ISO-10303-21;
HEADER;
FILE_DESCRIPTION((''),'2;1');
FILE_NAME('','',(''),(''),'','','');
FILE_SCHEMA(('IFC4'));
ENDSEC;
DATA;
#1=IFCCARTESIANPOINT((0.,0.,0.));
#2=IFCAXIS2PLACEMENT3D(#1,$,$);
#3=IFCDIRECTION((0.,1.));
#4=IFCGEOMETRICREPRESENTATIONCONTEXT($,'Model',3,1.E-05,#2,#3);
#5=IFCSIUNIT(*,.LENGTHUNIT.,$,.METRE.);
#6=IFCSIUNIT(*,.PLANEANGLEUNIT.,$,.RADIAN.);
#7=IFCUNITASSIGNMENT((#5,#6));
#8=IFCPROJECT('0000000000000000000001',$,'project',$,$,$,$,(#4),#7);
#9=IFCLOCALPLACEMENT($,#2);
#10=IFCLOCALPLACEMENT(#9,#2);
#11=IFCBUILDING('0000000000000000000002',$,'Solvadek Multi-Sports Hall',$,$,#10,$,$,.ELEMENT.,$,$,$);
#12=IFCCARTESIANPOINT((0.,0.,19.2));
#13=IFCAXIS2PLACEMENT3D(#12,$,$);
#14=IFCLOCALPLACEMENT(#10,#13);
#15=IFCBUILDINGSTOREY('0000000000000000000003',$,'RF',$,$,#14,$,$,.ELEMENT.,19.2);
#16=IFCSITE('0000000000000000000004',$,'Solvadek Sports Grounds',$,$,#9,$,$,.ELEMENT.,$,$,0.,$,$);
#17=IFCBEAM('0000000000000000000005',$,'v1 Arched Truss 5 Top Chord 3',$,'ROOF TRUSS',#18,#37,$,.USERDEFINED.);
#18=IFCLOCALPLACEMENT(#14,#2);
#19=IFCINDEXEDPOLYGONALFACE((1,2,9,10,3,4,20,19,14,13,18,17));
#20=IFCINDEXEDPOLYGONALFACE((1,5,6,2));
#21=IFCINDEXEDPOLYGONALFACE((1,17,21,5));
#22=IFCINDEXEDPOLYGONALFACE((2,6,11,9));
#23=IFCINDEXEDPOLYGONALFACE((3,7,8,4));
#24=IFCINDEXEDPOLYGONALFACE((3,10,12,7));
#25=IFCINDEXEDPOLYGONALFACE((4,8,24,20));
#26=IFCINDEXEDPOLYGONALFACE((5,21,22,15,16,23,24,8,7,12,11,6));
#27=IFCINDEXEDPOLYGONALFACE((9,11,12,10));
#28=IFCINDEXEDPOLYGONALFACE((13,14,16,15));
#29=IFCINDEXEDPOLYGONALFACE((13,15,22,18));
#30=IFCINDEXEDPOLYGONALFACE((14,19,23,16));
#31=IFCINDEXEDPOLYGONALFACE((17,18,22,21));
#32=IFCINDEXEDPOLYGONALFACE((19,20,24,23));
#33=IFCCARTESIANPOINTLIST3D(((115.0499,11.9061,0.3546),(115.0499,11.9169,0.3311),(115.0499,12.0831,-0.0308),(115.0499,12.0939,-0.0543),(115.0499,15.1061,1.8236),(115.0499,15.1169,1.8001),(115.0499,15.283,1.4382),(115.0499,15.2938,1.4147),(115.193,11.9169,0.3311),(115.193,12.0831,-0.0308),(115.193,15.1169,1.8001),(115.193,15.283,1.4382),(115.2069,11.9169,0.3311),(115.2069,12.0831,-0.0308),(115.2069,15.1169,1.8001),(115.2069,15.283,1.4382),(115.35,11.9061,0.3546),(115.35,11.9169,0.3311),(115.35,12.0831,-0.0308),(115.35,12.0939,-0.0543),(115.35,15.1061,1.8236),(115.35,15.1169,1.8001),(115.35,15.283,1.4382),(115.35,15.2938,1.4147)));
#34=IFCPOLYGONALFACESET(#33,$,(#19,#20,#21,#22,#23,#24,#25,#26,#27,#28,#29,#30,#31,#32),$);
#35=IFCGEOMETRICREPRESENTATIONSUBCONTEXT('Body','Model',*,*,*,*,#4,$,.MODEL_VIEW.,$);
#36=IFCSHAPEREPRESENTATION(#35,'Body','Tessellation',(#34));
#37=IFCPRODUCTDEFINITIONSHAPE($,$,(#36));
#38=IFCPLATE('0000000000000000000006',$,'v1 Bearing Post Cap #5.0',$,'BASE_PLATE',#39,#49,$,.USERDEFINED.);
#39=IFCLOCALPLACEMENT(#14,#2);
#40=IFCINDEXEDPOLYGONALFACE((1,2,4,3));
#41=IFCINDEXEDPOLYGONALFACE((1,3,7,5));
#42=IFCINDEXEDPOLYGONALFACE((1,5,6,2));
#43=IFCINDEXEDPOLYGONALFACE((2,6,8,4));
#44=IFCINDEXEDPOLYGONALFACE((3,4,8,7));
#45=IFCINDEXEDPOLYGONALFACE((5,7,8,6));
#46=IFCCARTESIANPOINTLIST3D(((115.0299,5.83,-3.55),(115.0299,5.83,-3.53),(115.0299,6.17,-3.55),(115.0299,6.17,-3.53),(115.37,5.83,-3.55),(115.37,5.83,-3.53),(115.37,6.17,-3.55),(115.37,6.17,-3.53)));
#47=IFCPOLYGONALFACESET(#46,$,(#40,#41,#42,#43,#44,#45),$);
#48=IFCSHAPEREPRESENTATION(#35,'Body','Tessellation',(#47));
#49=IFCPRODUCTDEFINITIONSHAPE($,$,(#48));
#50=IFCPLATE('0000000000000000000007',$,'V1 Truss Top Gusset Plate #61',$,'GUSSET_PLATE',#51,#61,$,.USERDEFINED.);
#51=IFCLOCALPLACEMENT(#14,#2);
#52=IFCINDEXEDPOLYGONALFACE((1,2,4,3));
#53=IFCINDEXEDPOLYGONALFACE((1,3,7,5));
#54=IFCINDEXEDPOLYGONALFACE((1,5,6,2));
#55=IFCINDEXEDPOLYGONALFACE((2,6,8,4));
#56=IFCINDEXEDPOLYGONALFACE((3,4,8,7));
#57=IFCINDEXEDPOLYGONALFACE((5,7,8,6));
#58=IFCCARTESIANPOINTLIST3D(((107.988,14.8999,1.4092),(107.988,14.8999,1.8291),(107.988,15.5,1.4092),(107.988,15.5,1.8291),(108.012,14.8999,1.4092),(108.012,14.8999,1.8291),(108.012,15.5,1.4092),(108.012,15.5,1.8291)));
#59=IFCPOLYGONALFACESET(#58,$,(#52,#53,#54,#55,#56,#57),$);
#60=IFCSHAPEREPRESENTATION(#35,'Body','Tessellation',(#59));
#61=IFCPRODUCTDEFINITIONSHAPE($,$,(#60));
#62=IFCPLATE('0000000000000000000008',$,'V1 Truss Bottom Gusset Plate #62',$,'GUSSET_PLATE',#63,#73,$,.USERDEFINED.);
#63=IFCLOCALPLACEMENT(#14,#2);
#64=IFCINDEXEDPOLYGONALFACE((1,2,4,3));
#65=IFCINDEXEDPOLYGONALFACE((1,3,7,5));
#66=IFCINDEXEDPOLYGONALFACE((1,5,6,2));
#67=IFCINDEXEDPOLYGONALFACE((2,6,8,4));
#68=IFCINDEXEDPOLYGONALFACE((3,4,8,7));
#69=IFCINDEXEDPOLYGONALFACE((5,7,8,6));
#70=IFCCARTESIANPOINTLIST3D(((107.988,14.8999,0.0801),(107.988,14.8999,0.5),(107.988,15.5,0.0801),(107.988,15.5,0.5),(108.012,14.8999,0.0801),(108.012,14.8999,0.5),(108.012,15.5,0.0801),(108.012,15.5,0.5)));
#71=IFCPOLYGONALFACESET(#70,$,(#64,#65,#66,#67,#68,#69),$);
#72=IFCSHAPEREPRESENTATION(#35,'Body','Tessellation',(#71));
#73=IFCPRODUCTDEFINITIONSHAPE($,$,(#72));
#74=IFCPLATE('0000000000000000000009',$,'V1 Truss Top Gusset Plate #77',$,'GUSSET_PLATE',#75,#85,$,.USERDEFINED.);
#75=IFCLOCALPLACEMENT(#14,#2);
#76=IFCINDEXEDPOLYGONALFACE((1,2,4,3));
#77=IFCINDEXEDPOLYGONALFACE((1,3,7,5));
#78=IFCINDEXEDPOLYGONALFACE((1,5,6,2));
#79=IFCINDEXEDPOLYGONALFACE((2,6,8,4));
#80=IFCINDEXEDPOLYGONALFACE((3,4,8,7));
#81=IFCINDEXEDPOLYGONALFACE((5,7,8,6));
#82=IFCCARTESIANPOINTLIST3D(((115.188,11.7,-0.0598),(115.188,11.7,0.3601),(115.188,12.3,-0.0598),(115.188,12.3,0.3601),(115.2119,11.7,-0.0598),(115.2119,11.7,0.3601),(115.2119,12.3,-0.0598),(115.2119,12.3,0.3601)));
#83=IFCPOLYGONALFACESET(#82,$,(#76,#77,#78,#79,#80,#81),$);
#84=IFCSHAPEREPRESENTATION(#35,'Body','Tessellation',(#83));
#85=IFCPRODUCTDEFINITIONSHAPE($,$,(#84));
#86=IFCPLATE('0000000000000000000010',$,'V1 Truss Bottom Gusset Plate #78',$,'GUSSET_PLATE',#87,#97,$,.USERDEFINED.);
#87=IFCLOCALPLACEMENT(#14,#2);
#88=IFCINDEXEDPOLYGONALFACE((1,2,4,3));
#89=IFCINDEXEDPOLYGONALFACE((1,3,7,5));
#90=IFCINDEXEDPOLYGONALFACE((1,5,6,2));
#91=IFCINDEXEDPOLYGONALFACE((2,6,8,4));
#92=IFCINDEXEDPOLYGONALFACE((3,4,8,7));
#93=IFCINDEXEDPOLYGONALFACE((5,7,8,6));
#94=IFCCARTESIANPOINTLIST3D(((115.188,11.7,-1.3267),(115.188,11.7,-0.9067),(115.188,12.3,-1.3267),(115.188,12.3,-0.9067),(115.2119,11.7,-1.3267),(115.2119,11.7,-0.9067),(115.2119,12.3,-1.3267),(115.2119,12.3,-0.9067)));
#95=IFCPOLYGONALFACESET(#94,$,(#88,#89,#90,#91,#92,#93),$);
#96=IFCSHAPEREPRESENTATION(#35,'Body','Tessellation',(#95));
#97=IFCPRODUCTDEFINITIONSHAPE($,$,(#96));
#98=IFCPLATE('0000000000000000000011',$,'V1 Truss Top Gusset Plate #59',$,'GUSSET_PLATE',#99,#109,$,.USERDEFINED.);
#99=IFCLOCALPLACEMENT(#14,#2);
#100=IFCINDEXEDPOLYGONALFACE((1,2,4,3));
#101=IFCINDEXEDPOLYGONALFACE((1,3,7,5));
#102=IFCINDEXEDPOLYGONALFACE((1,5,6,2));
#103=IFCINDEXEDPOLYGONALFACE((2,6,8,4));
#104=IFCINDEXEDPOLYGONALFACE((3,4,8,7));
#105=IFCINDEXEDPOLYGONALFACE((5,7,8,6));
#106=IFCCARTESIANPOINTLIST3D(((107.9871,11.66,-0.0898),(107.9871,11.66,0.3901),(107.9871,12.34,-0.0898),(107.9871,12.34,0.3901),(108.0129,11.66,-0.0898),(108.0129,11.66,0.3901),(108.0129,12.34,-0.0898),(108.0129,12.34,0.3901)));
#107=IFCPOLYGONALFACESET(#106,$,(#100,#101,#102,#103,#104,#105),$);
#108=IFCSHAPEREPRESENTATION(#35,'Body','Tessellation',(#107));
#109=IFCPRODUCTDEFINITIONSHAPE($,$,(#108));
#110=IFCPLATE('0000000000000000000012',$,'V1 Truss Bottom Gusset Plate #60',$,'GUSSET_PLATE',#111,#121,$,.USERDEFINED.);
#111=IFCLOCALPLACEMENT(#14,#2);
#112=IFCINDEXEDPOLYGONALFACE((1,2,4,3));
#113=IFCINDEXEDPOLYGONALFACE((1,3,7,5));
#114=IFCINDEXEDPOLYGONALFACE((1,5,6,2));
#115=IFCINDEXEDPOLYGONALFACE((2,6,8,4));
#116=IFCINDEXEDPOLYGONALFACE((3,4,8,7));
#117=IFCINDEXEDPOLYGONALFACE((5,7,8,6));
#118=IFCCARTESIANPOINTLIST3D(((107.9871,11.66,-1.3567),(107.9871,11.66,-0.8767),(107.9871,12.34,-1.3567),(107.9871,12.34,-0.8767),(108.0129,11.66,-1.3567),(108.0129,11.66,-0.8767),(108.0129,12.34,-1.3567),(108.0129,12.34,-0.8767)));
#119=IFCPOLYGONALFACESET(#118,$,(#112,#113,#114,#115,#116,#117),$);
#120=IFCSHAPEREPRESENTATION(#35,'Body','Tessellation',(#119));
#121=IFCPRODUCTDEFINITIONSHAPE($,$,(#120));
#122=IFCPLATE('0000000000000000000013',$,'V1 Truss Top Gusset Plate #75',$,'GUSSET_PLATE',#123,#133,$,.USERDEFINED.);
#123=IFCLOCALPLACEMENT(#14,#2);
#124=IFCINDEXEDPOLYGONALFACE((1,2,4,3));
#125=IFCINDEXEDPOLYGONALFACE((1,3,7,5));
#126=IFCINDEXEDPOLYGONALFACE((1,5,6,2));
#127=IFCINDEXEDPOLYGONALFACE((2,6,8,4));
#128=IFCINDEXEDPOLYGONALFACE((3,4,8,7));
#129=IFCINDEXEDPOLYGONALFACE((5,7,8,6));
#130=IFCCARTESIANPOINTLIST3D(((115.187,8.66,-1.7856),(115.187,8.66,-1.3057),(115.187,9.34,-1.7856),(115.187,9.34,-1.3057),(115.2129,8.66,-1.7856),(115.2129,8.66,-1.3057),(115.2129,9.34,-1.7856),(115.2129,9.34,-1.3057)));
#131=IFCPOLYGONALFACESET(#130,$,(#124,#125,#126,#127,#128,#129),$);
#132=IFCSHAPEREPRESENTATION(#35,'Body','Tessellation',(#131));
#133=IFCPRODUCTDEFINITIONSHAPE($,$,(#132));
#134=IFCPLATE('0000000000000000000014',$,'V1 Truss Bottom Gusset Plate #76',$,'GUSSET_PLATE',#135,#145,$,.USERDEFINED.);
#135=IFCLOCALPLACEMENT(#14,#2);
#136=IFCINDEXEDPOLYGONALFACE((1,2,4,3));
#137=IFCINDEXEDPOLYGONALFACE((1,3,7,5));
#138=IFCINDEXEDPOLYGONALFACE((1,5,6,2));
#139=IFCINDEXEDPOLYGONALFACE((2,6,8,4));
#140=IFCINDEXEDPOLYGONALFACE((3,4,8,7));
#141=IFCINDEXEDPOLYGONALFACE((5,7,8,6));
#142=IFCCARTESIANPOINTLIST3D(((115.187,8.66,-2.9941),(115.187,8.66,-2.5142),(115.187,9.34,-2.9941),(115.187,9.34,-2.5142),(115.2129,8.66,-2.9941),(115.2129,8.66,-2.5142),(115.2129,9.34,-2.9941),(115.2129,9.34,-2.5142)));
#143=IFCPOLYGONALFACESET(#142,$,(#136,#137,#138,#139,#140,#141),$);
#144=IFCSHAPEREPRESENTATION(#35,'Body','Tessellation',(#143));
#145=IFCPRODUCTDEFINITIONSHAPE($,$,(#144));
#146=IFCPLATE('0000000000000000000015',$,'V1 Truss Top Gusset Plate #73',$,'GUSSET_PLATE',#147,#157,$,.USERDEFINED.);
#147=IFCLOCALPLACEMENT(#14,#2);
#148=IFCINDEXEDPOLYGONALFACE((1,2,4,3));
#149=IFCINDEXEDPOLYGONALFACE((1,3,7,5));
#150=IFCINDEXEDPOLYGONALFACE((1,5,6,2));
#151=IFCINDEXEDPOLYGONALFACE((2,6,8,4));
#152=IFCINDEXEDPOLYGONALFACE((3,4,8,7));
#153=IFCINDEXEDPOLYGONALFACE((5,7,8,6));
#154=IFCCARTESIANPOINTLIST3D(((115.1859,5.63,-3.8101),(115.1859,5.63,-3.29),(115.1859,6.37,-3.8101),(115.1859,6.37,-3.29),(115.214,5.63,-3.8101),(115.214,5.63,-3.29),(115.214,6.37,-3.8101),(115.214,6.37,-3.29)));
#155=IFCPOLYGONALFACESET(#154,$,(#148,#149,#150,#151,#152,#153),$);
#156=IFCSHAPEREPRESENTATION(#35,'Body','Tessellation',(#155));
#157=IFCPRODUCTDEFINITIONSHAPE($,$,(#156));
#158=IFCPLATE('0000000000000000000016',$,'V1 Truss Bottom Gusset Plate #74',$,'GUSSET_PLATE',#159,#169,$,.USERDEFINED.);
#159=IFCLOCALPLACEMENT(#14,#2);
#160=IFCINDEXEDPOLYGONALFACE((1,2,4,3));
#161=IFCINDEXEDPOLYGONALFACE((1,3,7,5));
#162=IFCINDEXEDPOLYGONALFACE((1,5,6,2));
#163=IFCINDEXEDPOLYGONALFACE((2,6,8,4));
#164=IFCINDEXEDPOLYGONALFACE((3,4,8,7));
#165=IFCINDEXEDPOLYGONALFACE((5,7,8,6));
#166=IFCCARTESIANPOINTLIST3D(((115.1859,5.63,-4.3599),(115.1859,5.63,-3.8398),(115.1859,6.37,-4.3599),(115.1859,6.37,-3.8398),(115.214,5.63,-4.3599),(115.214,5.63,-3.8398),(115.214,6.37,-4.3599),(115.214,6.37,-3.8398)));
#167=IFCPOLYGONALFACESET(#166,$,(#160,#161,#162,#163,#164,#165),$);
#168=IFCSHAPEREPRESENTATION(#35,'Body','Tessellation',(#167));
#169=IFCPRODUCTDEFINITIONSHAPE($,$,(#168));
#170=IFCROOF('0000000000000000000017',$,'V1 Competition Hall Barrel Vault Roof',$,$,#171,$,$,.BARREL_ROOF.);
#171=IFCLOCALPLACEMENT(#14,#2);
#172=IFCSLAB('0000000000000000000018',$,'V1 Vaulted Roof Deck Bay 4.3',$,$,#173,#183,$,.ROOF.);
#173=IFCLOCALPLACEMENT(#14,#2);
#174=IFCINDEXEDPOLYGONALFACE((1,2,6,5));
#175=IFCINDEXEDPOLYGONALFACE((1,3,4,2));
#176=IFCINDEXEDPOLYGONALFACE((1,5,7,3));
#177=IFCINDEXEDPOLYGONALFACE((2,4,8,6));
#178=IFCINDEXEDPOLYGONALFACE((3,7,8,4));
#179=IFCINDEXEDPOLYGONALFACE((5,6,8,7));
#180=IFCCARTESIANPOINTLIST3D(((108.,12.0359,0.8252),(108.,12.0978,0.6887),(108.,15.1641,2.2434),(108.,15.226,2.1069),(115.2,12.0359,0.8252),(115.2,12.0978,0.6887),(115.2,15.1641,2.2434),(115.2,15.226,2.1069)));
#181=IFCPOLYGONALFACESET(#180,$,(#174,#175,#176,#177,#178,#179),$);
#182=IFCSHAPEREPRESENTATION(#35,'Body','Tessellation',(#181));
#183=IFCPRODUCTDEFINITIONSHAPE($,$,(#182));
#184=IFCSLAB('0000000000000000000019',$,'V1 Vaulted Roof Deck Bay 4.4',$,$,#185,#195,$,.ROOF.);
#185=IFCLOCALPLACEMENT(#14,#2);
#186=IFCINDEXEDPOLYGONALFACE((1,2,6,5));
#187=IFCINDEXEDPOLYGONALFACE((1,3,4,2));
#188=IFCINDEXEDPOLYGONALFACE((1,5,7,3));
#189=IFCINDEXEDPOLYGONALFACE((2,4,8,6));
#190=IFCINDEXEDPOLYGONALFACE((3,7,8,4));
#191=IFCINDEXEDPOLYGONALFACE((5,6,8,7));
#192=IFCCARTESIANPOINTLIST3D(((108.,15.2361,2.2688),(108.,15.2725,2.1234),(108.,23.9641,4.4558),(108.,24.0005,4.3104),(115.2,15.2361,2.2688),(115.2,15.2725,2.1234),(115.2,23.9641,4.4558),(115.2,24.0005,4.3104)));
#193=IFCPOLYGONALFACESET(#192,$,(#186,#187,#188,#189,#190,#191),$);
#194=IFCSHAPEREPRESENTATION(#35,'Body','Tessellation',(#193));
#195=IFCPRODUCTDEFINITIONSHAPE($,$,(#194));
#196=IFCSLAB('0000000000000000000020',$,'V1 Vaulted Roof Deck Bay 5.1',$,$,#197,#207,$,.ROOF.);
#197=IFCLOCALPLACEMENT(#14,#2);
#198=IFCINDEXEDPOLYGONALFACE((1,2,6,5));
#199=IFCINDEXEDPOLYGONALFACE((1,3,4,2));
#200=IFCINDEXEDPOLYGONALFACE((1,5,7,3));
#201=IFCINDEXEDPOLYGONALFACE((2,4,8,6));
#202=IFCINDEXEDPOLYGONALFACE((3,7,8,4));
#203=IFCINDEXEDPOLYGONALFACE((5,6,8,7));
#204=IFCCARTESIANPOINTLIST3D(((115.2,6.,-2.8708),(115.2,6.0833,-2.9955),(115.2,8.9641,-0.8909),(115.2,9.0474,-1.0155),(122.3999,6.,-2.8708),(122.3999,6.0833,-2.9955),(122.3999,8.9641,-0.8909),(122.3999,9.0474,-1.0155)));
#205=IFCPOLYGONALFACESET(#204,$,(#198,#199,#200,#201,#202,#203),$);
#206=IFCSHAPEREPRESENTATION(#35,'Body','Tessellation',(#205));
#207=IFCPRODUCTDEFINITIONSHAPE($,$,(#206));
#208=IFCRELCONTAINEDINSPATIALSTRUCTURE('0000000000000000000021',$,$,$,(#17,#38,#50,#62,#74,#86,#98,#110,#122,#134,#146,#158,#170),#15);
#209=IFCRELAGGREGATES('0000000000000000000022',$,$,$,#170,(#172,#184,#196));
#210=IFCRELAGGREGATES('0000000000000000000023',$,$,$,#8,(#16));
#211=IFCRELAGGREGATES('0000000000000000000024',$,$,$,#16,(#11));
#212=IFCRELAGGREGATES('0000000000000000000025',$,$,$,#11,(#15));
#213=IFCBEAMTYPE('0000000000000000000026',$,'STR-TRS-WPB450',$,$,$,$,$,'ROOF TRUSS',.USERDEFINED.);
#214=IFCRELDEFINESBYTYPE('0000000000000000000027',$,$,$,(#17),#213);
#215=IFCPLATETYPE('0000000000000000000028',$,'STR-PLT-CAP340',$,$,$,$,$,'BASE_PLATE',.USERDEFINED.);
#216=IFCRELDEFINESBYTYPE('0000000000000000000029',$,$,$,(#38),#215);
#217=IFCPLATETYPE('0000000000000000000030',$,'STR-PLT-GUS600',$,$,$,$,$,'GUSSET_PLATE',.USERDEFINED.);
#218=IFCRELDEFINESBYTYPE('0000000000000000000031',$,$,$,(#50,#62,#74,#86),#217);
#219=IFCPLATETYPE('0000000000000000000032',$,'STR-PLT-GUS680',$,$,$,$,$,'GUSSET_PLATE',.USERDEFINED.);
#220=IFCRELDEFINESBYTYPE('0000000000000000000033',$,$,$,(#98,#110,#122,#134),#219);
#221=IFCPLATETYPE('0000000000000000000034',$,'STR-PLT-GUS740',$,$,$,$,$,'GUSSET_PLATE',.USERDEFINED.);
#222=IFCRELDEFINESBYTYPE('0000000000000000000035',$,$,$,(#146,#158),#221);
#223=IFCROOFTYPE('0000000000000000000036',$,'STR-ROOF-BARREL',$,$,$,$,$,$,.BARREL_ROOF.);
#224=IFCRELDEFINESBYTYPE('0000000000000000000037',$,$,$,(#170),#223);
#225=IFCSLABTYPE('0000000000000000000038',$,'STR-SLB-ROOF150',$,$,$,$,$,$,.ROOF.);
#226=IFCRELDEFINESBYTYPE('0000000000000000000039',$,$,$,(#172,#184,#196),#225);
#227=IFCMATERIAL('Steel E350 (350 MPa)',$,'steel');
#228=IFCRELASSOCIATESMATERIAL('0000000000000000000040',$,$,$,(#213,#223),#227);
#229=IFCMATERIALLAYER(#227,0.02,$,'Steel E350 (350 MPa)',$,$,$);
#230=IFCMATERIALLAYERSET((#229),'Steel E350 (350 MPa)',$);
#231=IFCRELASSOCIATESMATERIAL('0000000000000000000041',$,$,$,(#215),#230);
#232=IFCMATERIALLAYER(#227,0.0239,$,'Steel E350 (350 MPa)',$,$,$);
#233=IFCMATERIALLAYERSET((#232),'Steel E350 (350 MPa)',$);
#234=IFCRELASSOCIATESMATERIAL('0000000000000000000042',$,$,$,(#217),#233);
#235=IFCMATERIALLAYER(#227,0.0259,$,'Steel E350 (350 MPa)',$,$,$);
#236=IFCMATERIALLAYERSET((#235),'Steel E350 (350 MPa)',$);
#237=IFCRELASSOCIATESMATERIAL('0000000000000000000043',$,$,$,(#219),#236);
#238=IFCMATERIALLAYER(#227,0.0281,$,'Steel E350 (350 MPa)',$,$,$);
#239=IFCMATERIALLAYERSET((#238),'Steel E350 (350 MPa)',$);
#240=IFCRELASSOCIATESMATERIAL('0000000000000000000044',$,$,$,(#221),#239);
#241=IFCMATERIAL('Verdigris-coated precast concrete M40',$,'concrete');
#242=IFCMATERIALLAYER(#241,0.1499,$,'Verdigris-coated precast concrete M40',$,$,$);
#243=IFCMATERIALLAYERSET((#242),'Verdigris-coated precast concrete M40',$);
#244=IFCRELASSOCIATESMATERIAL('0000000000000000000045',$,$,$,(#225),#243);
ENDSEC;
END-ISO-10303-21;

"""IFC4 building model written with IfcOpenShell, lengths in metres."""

from ifc_helpers import new_model, si_unit, direction, frame, origin, origin_2d, place, context, subcontext, project, spatial, polyline, rectangle, i_section, outline, extrude, material, layer, layer_set, material_profile, profile_set, type_object, element, aggregate, save


model = new_model("IFC4")

# Units and contexts
model_context = context("Model", 3, precision=1e-05, world=origin(), true_north=direction((0.0, 1.0)))
body_context = subcontext(model_context, "Body", "Model", "MODEL_VIEW")
ifc_project = project(units=[si_unit("LENGTHUNIT", "METRE"), si_unit("PLANEANGLEUNIT", "RADIAN")], contexts=[model_context])

# Site, building, storey
site_placement = place(None, origin())
site = spatial("IfcSite", under=ifc_project, at=site_placement, Name="Solvadek Sports Grounds", CompositionType="ELEMENT", RefElevation=0.0)
building_placement = place(site_placement, origin())
building = spatial("IfcBuilding", under=site, at=building_placement, Name="Solvadek Multi-Sports Hall", CompositionType="ELEMENT")
storey_placement = place(building_placement, frame((0.0, 0.0, 19.2)))
storey = spatial("IfcBuildingStorey", under=building, at=storey_placement, Name="RF", CompositionType="ELEMENT", Elevation=19.2)

# Shared definitions
ifc_material_1 = material(Name="Steel E350 (350 MPa)", Category="steel")

# Beam
ifc_material_profile_1 = material_profile(ifc_material_1, i_section(OverallWidth=0.3, OverallDepth=0.45, WebThickness=0.0139, FlangeThickness=0.0259, at=origin_2d()), Name="WPB 450")
ifc_profile_set_1 = profile_set([ifc_material_profile_1], Name="Steel E350 (350 MPa)")
beam_type = type_object("IfcBeamType", Name="STR-TRS-WPB450", ElementType="ROOF TRUSS", PredefinedType="USERDEFINED", material=ifc_profile_set_1)
beam_1_placement = place(storey_placement, frame((115.2, 12.0, 0.1501), z_axis=(0.0, 0.908812, 0.417206), x_axis=(-1.0, 0.0, 0.0)))
element("IfcBeam", 1, at=beam_1_placement, inside=storey, type_object=beam_type, Name="v1 Arched Truss 5 Top Chord 3", ObjectType="ROOF TRUSS", PredefinedType="USERDEFINED", context=body_context, shape_type="SweptSolid", body=[
    extrude(i_section(OverallWidth=0.3, OverallDepth=0.45, WebThickness=0.0139, FlangeThickness=0.0259, at=origin_2d()), origin(), (0.0, 0.0, 1.0), 3.521),
])

# Plates
ifc_layer_1 = layer(ifc_material_1, 0.02, Name="Steel E350 (350 MPa)")
ifc_layer_set_1 = layer_set([ifc_layer_1], Name="Steel E350 (350 MPa)")
plate_type_1 = type_object("IfcPlateType", Name="STR-PLT-CAP340", ElementType="BASE_PLATE", PredefinedType="USERDEFINED", material=ifc_layer_set_1)
plate_placement = place(storey_placement, frame((115.2, 6.0, -3.55), z_axis=(0.0, 0.0, 1.0), x_axis=(1.0, 0.0, 0.0)))
element("IfcPlate", 2, at=plate_placement, inside=storey, type_object=plate_type_1, Name="v1 Bearing Post Cap #5.0", ObjectType="BASE_PLATE", PredefinedType="USERDEFINED", context=body_context, shape_type="SweptSolid", body=[
    extrude(rectangle(XDim=0.3401, YDim=0.3401, at=origin_2d()), origin(), (0.0, 0.0, 1.0), 0.02),
])
ifc_layer_2 = layer(ifc_material_1, 0.0239, Name="Steel E350 (350 MPa)")
ifc_layer_set_2 = layer_set([ifc_layer_2], Name="Steel E350 (350 MPa)")
plate_type_2 = type_object("IfcPlateType", Name="STR-PLT-GUS600", ElementType="GUSSET_PLATE", PredefinedType="USERDEFINED", material=ifc_layer_set_2)
for number, where, z_axis, x_axis, name in (
    (3, (108.0, 15.2, 1.4092), (0.0, 0.0, 1.0), (0.0, 1.0, 0.0), "V1 Truss Top Gusset Plate #61"),
    (4, (108.0, 15.2, 0.0801), (0.0, 0.0, 1.0), (0.0, 1.0, 0.0), "V1 Truss Bottom Gusset Plate #62"),
    (5, (115.2, 12.0, -0.0598), (0.0, 0.0, 1.0), (0.0, 1.0, 0.0), "V1 Truss Top Gusset Plate #77"),
    (6, (115.2, 12.0, -1.3267), (0.0, 0.0, 1.0), (0.0, 1.0, 0.0), "V1 Truss Bottom Gusset Plate #78"),
):
    element("IfcPlate", number, at=place(storey_placement, frame(where, z_axis=z_axis, x_axis=x_axis)), inside=storey, type_object=plate_type_2, Name=name, ObjectType="GUSSET_PLATE", PredefinedType="USERDEFINED", context=body_context, shape_type="SweptSolid", body=[
        extrude(rectangle(XDim=0.6001, YDim=0.0239, at=origin_2d()), origin(), (0.0, 0.0, 1.0), 0.4199),
    ])
ifc_layer_3 = layer(ifc_material_1, 0.0259, Name="Steel E350 (350 MPa)")
ifc_layer_set_3 = layer_set([ifc_layer_3], Name="Steel E350 (350 MPa)")
plate_type_3 = type_object("IfcPlateType", Name="STR-PLT-GUS680", ElementType="GUSSET_PLATE", PredefinedType="USERDEFINED", material=ifc_layer_set_3)
for number, where, z_axis, x_axis, name in (
    (7, (108.0, 12.0, -0.0898), (0.0, 0.0, 1.0), (0.0, 1.0, 0.0), "V1 Truss Top Gusset Plate #59"),
    (8, (108.0, 12.0, -1.3567), (0.0, 0.0, 1.0), (0.0, 1.0, 0.0), "V1 Truss Bottom Gusset Plate #60"),
    (9, (115.2, 9.0, -1.7856), (0.0, 0.0, 1.0), (0.0, 1.0, 0.0), "V1 Truss Top Gusset Plate #75"),
    (10, (115.2, 9.0, -2.9941), (0.0, 0.0, 1.0), (0.0, 1.0, 0.0), "V1 Truss Bottom Gusset Plate #76"),
):
    element("IfcPlate", number, at=place(storey_placement, frame(where, z_axis=z_axis, x_axis=x_axis)), inside=storey, type_object=plate_type_3, Name=name, ObjectType="GUSSET_PLATE", PredefinedType="USERDEFINED", context=body_context, shape_type="SweptSolid", body=[
        extrude(rectangle(XDim=0.6799, YDim=0.0259, at=origin_2d()), origin(), (0.0, 0.0, 1.0), 0.48),
    ])
ifc_layer_4 = layer(ifc_material_1, 0.0281, Name="Steel E350 (350 MPa)")
ifc_layer_set_4 = layer_set([ifc_layer_4], Name="Steel E350 (350 MPa)")
plate_type_4 = type_object("IfcPlateType", Name="STR-PLT-GUS740", ElementType="GUSSET_PLATE", PredefinedType="USERDEFINED", material=ifc_layer_set_4)
for number, where, z_axis, x_axis, name in (
    (11, (115.2, 6.0, -3.8101), (0.0, 0.0, 1.0), (0.0, 1.0, 0.0), "V1 Truss Top Gusset Plate #73"),
    (12, (115.2, 6.0, -4.3599), (0.0, 0.0, 1.0), (0.0, 1.0, 0.0), "V1 Truss Bottom Gusset Plate #74"),
):
    element("IfcPlate", number, at=place(storey_placement, frame(where, z_axis=z_axis, x_axis=x_axis)), inside=storey, type_object=plate_type_4, Name=name, ObjectType="GUSSET_PLATE", PredefinedType="USERDEFINED", context=body_context, shape_type="SweptSolid", body=[
        extrude(rectangle(XDim=0.74, YDim=0.0281, at=origin_2d()), origin(), (0.0, 0.0, 1.0), 0.52),
    ])

# Roof, slabs
roof_type = type_object("IfcRoofType", Name="STR-ROOF-BARREL", PredefinedType="BARREL_ROOF", material=ifc_material_1)
roof_placement = place(storey_placement, origin())
roof = element("IfcRoof", 13, at=roof_placement, inside=storey, type_object=roof_type, Name="V1 Competition Hall Barrel Vault Roof", PredefinedType="BARREL_ROOF")
ifc_material_2 = material(Name="Verdigris-coated precast concrete M40", Category="concrete")
ifc_layer_5 = layer(ifc_material_2, 0.1499, Name="Verdigris-coated precast concrete M40")
ifc_layer_set_5 = layer_set([ifc_layer_5], Name="Verdigris-coated precast concrete M40")
slab_type = type_object("IfcSlabType", Name="STR-SLB-ROOF150", PredefinedType="ROOF", material=ifc_layer_set_5)
slab_1_placement = place(storey_placement, frame((108.0, 12.0359, 0.8252), z_axis=(0.0, -0.412914, 0.91077), x_axis=(1.0, 0.0, 0.0)))
slab_1 = element("IfcSlab", 14, at=slab_1_placement, type_object=slab_type, Name="V1 Vaulted Roof Deck Bay 4.3", PredefinedType="ROOF", context=body_context, shape_type="SweptSolid", body=[
    extrude(outline(polyline([(0.0, 0.0), (7.2, 0.0), (7.2, 3.4346), (0.0, 3.4346), (0.0, 0.0)])), origin(), (0.0, 0.0, -1.0), 0.1499),
])
slab_2_placement = place(storey_placement, frame((108.0, 15.2361, 2.2688), z_axis=(0.0, -0.243059, 0.970011), x_axis=(1.0, 0.0, 0.0)))
slab_2 = element("IfcSlab", 15, at=slab_2_placement, type_object=slab_type, Name="V1 Vaulted Roof Deck Bay 4.4", PredefinedType="ROOF", context=body_context, shape_type="SweptSolid", body=[
    extrude(outline(polyline([(0.0, 0.0), (7.2, 0.0), (7.2, 8.9979), (0.0, 8.9979), (0.0, 0.0)])), origin(), (0.0, 0.0, -1.0), 0.1499),
])
slab_3_placement = place(storey_placement, frame((115.2, 6.0, -2.8708), z_axis=(0.0, -0.555459, 0.831544), x_axis=(1.0, 0.0, 0.0)))
slab_3 = element("IfcSlab", 16, at=slab_3_placement, type_object=slab_type, Name="V1 Vaulted Roof Deck Bay 5.1", PredefinedType="ROOF", context=body_context, shape_type="SweptSolid", body=[
    extrude(outline(polyline([(0.0, 0.0), (7.2, 0.0), (7.2, 3.5646), (0.0, 3.5646), (0.0, 0.0)])), origin(), (0.0, 0.0, -1.0), 0.1499),
])
aggregate(roof, [slab_1, slab_2, slab_3])

save(model, "model.ifc")
